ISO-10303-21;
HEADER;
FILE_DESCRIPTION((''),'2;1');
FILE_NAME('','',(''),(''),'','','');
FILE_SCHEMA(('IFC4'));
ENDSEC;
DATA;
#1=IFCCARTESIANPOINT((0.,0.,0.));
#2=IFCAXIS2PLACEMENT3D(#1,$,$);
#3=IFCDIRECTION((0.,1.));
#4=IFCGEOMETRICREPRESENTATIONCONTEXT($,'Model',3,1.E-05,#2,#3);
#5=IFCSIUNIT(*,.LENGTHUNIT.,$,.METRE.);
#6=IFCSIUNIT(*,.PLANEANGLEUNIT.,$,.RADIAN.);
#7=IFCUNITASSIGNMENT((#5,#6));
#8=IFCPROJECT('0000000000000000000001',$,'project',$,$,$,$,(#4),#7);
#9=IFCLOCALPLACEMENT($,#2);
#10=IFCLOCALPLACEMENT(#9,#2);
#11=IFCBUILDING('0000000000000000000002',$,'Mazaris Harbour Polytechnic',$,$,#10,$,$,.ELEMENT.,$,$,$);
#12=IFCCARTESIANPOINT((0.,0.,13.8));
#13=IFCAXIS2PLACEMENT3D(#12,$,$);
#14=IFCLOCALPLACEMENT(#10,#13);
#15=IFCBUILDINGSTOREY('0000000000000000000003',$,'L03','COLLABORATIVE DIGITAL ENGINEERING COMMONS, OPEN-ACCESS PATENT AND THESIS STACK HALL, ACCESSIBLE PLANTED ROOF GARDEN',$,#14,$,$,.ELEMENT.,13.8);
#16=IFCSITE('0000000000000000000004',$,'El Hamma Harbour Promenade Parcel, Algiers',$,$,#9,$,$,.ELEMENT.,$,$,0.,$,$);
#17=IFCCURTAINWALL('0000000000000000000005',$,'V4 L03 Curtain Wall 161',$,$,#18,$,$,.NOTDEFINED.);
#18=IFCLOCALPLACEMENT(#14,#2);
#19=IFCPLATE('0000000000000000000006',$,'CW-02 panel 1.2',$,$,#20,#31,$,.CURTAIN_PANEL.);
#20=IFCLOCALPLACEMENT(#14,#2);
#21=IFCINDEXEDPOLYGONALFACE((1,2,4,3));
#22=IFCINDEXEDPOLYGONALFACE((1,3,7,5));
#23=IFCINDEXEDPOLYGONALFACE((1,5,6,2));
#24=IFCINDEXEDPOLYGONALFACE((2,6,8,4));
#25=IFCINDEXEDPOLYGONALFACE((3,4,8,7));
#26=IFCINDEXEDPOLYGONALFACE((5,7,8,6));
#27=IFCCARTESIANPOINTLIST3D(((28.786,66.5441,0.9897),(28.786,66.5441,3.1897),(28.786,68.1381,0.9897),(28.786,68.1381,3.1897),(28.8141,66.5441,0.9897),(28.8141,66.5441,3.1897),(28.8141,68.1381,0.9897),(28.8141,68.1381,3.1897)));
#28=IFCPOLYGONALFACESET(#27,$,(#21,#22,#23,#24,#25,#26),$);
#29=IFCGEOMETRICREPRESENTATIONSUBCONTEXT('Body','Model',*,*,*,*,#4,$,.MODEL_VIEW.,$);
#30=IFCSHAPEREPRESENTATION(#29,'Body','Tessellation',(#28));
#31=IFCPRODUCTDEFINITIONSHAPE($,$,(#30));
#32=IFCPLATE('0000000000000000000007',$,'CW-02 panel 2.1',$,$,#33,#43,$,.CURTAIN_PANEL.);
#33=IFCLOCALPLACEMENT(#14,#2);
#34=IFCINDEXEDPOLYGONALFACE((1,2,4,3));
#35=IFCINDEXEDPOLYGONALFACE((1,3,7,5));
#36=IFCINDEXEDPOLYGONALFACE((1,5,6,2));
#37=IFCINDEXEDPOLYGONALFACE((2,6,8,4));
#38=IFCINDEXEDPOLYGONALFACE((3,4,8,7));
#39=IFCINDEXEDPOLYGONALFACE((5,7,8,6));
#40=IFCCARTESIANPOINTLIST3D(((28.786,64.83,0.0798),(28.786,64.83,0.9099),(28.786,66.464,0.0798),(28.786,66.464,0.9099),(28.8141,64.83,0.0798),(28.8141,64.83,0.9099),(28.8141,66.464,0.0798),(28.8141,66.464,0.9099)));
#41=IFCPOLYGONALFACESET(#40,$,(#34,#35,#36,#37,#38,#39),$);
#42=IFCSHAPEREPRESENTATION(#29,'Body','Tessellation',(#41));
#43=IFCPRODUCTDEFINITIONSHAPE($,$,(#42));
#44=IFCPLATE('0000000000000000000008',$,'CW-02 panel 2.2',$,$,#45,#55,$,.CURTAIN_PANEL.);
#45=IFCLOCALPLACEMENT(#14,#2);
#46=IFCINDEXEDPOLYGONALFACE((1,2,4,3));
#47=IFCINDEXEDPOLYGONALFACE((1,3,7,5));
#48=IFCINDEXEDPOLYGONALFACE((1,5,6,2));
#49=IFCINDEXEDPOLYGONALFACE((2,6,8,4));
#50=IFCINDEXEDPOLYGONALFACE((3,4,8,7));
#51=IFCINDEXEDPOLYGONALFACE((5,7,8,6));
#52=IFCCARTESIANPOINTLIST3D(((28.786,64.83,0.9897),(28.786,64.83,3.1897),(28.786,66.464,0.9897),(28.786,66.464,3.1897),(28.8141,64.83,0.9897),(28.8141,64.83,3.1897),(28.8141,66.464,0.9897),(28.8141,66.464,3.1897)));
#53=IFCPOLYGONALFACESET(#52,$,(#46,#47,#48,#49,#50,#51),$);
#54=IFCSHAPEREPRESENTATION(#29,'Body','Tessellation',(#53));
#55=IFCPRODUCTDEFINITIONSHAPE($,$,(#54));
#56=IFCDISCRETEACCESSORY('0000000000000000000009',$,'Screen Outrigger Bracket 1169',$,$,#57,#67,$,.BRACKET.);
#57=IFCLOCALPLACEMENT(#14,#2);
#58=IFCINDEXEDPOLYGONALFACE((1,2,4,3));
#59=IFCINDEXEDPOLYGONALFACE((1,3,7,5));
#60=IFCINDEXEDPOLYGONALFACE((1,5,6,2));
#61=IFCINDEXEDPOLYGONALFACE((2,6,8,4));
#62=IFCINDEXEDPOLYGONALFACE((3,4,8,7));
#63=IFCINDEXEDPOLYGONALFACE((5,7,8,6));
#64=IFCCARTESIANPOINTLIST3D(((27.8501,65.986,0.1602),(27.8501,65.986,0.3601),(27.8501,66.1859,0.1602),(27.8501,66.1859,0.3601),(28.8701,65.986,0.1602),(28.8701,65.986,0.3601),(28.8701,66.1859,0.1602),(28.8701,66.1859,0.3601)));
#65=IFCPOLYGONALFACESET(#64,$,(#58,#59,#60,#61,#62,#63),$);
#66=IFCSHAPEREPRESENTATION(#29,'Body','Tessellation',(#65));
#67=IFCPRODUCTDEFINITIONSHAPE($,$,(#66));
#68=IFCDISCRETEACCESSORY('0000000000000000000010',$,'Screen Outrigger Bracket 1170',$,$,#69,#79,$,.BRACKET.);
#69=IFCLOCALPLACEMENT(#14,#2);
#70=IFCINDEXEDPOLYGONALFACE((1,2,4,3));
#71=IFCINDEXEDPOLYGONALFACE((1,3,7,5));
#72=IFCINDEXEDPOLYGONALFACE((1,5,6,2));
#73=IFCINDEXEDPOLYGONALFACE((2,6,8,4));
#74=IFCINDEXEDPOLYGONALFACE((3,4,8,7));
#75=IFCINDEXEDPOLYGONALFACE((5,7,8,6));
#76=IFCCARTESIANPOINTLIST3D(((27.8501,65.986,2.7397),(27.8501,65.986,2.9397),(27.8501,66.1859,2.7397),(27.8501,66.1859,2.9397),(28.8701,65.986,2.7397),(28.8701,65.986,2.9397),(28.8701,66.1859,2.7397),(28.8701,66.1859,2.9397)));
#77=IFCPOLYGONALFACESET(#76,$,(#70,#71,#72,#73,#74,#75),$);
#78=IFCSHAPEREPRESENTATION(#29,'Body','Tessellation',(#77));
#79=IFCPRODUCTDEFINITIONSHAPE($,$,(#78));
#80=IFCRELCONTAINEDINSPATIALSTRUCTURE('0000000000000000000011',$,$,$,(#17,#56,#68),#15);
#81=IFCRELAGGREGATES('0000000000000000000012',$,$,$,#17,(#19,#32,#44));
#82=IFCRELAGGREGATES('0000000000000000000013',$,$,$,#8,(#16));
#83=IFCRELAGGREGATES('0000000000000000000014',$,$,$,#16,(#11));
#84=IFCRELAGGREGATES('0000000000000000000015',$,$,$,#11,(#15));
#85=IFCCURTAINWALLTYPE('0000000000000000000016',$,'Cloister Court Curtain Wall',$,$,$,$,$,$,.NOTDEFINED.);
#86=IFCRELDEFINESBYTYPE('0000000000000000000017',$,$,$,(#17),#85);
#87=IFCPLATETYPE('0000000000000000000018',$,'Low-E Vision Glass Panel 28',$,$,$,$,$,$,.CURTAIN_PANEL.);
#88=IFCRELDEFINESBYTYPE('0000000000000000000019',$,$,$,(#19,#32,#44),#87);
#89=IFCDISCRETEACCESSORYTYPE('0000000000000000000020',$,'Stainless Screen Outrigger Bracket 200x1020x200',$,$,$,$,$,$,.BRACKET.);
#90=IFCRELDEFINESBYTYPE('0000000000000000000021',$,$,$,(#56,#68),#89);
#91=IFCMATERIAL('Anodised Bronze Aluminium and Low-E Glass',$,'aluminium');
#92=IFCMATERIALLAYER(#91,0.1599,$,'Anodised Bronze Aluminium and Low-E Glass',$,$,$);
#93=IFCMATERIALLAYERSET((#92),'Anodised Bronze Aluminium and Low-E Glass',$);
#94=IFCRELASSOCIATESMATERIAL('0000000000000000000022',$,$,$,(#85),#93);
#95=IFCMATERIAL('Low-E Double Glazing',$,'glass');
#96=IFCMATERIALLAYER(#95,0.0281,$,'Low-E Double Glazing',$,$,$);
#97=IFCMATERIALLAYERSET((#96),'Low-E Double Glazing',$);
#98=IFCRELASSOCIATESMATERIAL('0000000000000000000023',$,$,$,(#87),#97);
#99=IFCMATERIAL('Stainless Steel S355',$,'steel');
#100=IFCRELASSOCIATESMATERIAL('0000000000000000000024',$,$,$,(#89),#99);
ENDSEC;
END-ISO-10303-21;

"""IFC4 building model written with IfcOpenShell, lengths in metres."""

from ifc_helpers import new_model, si_unit, direction, frame, origin, origin_2d, place, context, subcontext, project, spatial, rectangle, extrude, material, layer, layer_set, type_object, element, aggregate, save


model = new_model("IFC4")

# Units and contexts
model_context = context("Model", 3, precision=1e-05, world=origin(), true_north=direction((0.0, 1.0)))
body_context = subcontext(model_context, "Body", "Model", "MODEL_VIEW")
ifc_project = project(units=[si_unit("LENGTHUNIT", "METRE"), si_unit("PLANEANGLEUNIT", "RADIAN")], contexts=[model_context])

# Site, building, storey
site_placement = place(None, origin())
site = spatial("IfcSite", under=ifc_project, at=site_placement, Name="El Hamma Harbour Promenade Parcel, Algiers", CompositionType="ELEMENT", RefElevation=0.0)
building_placement = place(site_placement, origin())
building = spatial("IfcBuilding", under=site, at=building_placement, Name="Mazaris Harbour Polytechnic", CompositionType="ELEMENT")
storey_placement = place(building_placement, frame((0.0, 0.0, 13.8)))
storey = spatial("IfcBuildingStorey", under=building, at=storey_placement, Name="L03", Description="COLLABORATIVE DIGITAL ENGINEERING COMMONS, OPEN-ACCESS PATENT AND THESIS STACK HALL, ACCESSIBLE PLANTED ROOF GARDEN", CompositionType="ELEMENT", Elevation=13.8)

# Shared definitions
ifc_material_1 = material(Name="Anodised Bronze Aluminium and Low-E Glass", Category="aluminium")
ifc_layer_1 = layer(ifc_material_1, 0.1599, Name="Anodised Bronze Aluminium and Low-E Glass")
ifc_layer_set_1 = layer_set([ifc_layer_1], Name="Anodised Bronze Aluminium and Low-E Glass")
curtain_wall_type = type_object("IfcCurtainWallType", Name="Cloister Court Curtain Wall", PredefinedType="NOTDEFINED", material=ifc_layer_set_1)

# Curtain wall
curtain_wall_1_placement = place(storey_placement, origin())
curtain_wall_1 = element("IfcCurtainWall", 1, at=curtain_wall_1_placement, inside=storey, type_object=curtain_wall_type, Name="V4 L03 Curtain Wall 161", PredefinedType="NOTDEFINED")

# Plates
ifc_material_2 = material(Name="Low-E Double Glazing", Category="glass")
ifc_layer_2 = layer(ifc_material_2, 0.0281, Name="Low-E Double Glazing")
ifc_layer_set_2 = layer_set([ifc_layer_2], Name="Low-E Double Glazing")
plate_type = type_object("IfcPlateType", Name="Low-E Vision Glass Panel 28", PredefinedType="CURTAIN_PANEL", material=ifc_layer_set_2)
plate_1_placement = place(storey_placement, frame((28.8, 67.3411, 0.9897), z_axis=(0.0, 0.0, 1.0), x_axis=(0.0, -1.0, 0.0)))
plate_1 = element("IfcPlate", 2, at=plate_1_placement, type_object=plate_type, Name="CW-02 panel 1.2", PredefinedType="CURTAIN_PANEL", context=body_context, shape_type="SweptSolid", body=[
    extrude(rectangle(XDim=1.594, YDim=0.0281, at=origin_2d()), origin(), (0.0, 0.0, 1.0), 2.2),
])
plate_2_placement = place(storey_placement, frame((28.8, 65.647, 0.0798), z_axis=(0.0, 0.0, 1.0), x_axis=(0.0, -1.0, 0.0)))
plate_2 = element("IfcPlate", 3, at=plate_2_placement, type_object=plate_type, Name="CW-02 panel 2.1", PredefinedType="CURTAIN_PANEL", context=body_context, shape_type="SweptSolid", body=[
    extrude(rectangle(XDim=1.634, YDim=0.0281, at=origin_2d()), origin(), (0.0, 0.0, 1.0), 0.8301),
])
plate_3_placement = place(storey_placement, frame((28.8, 65.647, 0.9897), z_axis=(0.0, 0.0, 1.0), x_axis=(0.0, -1.0, 0.0)))
plate_3 = element("IfcPlate", 4, at=plate_3_placement, type_object=plate_type, Name="CW-02 panel 2.2", PredefinedType="CURTAIN_PANEL", context=body_context, shape_type="SweptSolid", body=[
    extrude(rectangle(XDim=1.634, YDim=0.0281, at=origin_2d()), origin(), (0.0, 0.0, 1.0), 2.2),
])
aggregate(curtain_wall_1, [plate_1, plate_2, plate_3])

# Discrete accessories
ifc_material_3 = material(Name="Stainless Steel S355", Category="steel")
discrete_accessory_type = type_object("IfcDiscreteAccessoryType", Name="Stainless Screen Outrigger Bracket 200x1020x200", PredefinedType="BRACKET", material=ifc_material_3)
for number, where, z_axis, x_axis, name in (
    (5, (28.3601, 66.0859, 0.1602), (0.0, 0.0, 1.0), (0.0, -1.0, 0.0), "Screen Outrigger Bracket 1169"),
    (6, (28.3601, 66.0859, 2.7397), (0.0, 0.0, 1.0), (0.0, -1.0, 0.0), "Screen Outrigger Bracket 1170"),
):
    element("IfcDiscreteAccessory", number, at=place(storey_placement, frame(where, z_axis=z_axis, x_axis=x_axis)), inside=storey, type_object=discrete_accessory_type, Name=name, PredefinedType="BRACKET", context=body_context, shape_type="SweptSolid", body=[
        extrude(rectangle(XDim=0.2, YDim=1.02, at=origin_2d()), origin(), (0.0, 0.0, 1.0), 0.2),
    ])

save(model, "model.ifc")
